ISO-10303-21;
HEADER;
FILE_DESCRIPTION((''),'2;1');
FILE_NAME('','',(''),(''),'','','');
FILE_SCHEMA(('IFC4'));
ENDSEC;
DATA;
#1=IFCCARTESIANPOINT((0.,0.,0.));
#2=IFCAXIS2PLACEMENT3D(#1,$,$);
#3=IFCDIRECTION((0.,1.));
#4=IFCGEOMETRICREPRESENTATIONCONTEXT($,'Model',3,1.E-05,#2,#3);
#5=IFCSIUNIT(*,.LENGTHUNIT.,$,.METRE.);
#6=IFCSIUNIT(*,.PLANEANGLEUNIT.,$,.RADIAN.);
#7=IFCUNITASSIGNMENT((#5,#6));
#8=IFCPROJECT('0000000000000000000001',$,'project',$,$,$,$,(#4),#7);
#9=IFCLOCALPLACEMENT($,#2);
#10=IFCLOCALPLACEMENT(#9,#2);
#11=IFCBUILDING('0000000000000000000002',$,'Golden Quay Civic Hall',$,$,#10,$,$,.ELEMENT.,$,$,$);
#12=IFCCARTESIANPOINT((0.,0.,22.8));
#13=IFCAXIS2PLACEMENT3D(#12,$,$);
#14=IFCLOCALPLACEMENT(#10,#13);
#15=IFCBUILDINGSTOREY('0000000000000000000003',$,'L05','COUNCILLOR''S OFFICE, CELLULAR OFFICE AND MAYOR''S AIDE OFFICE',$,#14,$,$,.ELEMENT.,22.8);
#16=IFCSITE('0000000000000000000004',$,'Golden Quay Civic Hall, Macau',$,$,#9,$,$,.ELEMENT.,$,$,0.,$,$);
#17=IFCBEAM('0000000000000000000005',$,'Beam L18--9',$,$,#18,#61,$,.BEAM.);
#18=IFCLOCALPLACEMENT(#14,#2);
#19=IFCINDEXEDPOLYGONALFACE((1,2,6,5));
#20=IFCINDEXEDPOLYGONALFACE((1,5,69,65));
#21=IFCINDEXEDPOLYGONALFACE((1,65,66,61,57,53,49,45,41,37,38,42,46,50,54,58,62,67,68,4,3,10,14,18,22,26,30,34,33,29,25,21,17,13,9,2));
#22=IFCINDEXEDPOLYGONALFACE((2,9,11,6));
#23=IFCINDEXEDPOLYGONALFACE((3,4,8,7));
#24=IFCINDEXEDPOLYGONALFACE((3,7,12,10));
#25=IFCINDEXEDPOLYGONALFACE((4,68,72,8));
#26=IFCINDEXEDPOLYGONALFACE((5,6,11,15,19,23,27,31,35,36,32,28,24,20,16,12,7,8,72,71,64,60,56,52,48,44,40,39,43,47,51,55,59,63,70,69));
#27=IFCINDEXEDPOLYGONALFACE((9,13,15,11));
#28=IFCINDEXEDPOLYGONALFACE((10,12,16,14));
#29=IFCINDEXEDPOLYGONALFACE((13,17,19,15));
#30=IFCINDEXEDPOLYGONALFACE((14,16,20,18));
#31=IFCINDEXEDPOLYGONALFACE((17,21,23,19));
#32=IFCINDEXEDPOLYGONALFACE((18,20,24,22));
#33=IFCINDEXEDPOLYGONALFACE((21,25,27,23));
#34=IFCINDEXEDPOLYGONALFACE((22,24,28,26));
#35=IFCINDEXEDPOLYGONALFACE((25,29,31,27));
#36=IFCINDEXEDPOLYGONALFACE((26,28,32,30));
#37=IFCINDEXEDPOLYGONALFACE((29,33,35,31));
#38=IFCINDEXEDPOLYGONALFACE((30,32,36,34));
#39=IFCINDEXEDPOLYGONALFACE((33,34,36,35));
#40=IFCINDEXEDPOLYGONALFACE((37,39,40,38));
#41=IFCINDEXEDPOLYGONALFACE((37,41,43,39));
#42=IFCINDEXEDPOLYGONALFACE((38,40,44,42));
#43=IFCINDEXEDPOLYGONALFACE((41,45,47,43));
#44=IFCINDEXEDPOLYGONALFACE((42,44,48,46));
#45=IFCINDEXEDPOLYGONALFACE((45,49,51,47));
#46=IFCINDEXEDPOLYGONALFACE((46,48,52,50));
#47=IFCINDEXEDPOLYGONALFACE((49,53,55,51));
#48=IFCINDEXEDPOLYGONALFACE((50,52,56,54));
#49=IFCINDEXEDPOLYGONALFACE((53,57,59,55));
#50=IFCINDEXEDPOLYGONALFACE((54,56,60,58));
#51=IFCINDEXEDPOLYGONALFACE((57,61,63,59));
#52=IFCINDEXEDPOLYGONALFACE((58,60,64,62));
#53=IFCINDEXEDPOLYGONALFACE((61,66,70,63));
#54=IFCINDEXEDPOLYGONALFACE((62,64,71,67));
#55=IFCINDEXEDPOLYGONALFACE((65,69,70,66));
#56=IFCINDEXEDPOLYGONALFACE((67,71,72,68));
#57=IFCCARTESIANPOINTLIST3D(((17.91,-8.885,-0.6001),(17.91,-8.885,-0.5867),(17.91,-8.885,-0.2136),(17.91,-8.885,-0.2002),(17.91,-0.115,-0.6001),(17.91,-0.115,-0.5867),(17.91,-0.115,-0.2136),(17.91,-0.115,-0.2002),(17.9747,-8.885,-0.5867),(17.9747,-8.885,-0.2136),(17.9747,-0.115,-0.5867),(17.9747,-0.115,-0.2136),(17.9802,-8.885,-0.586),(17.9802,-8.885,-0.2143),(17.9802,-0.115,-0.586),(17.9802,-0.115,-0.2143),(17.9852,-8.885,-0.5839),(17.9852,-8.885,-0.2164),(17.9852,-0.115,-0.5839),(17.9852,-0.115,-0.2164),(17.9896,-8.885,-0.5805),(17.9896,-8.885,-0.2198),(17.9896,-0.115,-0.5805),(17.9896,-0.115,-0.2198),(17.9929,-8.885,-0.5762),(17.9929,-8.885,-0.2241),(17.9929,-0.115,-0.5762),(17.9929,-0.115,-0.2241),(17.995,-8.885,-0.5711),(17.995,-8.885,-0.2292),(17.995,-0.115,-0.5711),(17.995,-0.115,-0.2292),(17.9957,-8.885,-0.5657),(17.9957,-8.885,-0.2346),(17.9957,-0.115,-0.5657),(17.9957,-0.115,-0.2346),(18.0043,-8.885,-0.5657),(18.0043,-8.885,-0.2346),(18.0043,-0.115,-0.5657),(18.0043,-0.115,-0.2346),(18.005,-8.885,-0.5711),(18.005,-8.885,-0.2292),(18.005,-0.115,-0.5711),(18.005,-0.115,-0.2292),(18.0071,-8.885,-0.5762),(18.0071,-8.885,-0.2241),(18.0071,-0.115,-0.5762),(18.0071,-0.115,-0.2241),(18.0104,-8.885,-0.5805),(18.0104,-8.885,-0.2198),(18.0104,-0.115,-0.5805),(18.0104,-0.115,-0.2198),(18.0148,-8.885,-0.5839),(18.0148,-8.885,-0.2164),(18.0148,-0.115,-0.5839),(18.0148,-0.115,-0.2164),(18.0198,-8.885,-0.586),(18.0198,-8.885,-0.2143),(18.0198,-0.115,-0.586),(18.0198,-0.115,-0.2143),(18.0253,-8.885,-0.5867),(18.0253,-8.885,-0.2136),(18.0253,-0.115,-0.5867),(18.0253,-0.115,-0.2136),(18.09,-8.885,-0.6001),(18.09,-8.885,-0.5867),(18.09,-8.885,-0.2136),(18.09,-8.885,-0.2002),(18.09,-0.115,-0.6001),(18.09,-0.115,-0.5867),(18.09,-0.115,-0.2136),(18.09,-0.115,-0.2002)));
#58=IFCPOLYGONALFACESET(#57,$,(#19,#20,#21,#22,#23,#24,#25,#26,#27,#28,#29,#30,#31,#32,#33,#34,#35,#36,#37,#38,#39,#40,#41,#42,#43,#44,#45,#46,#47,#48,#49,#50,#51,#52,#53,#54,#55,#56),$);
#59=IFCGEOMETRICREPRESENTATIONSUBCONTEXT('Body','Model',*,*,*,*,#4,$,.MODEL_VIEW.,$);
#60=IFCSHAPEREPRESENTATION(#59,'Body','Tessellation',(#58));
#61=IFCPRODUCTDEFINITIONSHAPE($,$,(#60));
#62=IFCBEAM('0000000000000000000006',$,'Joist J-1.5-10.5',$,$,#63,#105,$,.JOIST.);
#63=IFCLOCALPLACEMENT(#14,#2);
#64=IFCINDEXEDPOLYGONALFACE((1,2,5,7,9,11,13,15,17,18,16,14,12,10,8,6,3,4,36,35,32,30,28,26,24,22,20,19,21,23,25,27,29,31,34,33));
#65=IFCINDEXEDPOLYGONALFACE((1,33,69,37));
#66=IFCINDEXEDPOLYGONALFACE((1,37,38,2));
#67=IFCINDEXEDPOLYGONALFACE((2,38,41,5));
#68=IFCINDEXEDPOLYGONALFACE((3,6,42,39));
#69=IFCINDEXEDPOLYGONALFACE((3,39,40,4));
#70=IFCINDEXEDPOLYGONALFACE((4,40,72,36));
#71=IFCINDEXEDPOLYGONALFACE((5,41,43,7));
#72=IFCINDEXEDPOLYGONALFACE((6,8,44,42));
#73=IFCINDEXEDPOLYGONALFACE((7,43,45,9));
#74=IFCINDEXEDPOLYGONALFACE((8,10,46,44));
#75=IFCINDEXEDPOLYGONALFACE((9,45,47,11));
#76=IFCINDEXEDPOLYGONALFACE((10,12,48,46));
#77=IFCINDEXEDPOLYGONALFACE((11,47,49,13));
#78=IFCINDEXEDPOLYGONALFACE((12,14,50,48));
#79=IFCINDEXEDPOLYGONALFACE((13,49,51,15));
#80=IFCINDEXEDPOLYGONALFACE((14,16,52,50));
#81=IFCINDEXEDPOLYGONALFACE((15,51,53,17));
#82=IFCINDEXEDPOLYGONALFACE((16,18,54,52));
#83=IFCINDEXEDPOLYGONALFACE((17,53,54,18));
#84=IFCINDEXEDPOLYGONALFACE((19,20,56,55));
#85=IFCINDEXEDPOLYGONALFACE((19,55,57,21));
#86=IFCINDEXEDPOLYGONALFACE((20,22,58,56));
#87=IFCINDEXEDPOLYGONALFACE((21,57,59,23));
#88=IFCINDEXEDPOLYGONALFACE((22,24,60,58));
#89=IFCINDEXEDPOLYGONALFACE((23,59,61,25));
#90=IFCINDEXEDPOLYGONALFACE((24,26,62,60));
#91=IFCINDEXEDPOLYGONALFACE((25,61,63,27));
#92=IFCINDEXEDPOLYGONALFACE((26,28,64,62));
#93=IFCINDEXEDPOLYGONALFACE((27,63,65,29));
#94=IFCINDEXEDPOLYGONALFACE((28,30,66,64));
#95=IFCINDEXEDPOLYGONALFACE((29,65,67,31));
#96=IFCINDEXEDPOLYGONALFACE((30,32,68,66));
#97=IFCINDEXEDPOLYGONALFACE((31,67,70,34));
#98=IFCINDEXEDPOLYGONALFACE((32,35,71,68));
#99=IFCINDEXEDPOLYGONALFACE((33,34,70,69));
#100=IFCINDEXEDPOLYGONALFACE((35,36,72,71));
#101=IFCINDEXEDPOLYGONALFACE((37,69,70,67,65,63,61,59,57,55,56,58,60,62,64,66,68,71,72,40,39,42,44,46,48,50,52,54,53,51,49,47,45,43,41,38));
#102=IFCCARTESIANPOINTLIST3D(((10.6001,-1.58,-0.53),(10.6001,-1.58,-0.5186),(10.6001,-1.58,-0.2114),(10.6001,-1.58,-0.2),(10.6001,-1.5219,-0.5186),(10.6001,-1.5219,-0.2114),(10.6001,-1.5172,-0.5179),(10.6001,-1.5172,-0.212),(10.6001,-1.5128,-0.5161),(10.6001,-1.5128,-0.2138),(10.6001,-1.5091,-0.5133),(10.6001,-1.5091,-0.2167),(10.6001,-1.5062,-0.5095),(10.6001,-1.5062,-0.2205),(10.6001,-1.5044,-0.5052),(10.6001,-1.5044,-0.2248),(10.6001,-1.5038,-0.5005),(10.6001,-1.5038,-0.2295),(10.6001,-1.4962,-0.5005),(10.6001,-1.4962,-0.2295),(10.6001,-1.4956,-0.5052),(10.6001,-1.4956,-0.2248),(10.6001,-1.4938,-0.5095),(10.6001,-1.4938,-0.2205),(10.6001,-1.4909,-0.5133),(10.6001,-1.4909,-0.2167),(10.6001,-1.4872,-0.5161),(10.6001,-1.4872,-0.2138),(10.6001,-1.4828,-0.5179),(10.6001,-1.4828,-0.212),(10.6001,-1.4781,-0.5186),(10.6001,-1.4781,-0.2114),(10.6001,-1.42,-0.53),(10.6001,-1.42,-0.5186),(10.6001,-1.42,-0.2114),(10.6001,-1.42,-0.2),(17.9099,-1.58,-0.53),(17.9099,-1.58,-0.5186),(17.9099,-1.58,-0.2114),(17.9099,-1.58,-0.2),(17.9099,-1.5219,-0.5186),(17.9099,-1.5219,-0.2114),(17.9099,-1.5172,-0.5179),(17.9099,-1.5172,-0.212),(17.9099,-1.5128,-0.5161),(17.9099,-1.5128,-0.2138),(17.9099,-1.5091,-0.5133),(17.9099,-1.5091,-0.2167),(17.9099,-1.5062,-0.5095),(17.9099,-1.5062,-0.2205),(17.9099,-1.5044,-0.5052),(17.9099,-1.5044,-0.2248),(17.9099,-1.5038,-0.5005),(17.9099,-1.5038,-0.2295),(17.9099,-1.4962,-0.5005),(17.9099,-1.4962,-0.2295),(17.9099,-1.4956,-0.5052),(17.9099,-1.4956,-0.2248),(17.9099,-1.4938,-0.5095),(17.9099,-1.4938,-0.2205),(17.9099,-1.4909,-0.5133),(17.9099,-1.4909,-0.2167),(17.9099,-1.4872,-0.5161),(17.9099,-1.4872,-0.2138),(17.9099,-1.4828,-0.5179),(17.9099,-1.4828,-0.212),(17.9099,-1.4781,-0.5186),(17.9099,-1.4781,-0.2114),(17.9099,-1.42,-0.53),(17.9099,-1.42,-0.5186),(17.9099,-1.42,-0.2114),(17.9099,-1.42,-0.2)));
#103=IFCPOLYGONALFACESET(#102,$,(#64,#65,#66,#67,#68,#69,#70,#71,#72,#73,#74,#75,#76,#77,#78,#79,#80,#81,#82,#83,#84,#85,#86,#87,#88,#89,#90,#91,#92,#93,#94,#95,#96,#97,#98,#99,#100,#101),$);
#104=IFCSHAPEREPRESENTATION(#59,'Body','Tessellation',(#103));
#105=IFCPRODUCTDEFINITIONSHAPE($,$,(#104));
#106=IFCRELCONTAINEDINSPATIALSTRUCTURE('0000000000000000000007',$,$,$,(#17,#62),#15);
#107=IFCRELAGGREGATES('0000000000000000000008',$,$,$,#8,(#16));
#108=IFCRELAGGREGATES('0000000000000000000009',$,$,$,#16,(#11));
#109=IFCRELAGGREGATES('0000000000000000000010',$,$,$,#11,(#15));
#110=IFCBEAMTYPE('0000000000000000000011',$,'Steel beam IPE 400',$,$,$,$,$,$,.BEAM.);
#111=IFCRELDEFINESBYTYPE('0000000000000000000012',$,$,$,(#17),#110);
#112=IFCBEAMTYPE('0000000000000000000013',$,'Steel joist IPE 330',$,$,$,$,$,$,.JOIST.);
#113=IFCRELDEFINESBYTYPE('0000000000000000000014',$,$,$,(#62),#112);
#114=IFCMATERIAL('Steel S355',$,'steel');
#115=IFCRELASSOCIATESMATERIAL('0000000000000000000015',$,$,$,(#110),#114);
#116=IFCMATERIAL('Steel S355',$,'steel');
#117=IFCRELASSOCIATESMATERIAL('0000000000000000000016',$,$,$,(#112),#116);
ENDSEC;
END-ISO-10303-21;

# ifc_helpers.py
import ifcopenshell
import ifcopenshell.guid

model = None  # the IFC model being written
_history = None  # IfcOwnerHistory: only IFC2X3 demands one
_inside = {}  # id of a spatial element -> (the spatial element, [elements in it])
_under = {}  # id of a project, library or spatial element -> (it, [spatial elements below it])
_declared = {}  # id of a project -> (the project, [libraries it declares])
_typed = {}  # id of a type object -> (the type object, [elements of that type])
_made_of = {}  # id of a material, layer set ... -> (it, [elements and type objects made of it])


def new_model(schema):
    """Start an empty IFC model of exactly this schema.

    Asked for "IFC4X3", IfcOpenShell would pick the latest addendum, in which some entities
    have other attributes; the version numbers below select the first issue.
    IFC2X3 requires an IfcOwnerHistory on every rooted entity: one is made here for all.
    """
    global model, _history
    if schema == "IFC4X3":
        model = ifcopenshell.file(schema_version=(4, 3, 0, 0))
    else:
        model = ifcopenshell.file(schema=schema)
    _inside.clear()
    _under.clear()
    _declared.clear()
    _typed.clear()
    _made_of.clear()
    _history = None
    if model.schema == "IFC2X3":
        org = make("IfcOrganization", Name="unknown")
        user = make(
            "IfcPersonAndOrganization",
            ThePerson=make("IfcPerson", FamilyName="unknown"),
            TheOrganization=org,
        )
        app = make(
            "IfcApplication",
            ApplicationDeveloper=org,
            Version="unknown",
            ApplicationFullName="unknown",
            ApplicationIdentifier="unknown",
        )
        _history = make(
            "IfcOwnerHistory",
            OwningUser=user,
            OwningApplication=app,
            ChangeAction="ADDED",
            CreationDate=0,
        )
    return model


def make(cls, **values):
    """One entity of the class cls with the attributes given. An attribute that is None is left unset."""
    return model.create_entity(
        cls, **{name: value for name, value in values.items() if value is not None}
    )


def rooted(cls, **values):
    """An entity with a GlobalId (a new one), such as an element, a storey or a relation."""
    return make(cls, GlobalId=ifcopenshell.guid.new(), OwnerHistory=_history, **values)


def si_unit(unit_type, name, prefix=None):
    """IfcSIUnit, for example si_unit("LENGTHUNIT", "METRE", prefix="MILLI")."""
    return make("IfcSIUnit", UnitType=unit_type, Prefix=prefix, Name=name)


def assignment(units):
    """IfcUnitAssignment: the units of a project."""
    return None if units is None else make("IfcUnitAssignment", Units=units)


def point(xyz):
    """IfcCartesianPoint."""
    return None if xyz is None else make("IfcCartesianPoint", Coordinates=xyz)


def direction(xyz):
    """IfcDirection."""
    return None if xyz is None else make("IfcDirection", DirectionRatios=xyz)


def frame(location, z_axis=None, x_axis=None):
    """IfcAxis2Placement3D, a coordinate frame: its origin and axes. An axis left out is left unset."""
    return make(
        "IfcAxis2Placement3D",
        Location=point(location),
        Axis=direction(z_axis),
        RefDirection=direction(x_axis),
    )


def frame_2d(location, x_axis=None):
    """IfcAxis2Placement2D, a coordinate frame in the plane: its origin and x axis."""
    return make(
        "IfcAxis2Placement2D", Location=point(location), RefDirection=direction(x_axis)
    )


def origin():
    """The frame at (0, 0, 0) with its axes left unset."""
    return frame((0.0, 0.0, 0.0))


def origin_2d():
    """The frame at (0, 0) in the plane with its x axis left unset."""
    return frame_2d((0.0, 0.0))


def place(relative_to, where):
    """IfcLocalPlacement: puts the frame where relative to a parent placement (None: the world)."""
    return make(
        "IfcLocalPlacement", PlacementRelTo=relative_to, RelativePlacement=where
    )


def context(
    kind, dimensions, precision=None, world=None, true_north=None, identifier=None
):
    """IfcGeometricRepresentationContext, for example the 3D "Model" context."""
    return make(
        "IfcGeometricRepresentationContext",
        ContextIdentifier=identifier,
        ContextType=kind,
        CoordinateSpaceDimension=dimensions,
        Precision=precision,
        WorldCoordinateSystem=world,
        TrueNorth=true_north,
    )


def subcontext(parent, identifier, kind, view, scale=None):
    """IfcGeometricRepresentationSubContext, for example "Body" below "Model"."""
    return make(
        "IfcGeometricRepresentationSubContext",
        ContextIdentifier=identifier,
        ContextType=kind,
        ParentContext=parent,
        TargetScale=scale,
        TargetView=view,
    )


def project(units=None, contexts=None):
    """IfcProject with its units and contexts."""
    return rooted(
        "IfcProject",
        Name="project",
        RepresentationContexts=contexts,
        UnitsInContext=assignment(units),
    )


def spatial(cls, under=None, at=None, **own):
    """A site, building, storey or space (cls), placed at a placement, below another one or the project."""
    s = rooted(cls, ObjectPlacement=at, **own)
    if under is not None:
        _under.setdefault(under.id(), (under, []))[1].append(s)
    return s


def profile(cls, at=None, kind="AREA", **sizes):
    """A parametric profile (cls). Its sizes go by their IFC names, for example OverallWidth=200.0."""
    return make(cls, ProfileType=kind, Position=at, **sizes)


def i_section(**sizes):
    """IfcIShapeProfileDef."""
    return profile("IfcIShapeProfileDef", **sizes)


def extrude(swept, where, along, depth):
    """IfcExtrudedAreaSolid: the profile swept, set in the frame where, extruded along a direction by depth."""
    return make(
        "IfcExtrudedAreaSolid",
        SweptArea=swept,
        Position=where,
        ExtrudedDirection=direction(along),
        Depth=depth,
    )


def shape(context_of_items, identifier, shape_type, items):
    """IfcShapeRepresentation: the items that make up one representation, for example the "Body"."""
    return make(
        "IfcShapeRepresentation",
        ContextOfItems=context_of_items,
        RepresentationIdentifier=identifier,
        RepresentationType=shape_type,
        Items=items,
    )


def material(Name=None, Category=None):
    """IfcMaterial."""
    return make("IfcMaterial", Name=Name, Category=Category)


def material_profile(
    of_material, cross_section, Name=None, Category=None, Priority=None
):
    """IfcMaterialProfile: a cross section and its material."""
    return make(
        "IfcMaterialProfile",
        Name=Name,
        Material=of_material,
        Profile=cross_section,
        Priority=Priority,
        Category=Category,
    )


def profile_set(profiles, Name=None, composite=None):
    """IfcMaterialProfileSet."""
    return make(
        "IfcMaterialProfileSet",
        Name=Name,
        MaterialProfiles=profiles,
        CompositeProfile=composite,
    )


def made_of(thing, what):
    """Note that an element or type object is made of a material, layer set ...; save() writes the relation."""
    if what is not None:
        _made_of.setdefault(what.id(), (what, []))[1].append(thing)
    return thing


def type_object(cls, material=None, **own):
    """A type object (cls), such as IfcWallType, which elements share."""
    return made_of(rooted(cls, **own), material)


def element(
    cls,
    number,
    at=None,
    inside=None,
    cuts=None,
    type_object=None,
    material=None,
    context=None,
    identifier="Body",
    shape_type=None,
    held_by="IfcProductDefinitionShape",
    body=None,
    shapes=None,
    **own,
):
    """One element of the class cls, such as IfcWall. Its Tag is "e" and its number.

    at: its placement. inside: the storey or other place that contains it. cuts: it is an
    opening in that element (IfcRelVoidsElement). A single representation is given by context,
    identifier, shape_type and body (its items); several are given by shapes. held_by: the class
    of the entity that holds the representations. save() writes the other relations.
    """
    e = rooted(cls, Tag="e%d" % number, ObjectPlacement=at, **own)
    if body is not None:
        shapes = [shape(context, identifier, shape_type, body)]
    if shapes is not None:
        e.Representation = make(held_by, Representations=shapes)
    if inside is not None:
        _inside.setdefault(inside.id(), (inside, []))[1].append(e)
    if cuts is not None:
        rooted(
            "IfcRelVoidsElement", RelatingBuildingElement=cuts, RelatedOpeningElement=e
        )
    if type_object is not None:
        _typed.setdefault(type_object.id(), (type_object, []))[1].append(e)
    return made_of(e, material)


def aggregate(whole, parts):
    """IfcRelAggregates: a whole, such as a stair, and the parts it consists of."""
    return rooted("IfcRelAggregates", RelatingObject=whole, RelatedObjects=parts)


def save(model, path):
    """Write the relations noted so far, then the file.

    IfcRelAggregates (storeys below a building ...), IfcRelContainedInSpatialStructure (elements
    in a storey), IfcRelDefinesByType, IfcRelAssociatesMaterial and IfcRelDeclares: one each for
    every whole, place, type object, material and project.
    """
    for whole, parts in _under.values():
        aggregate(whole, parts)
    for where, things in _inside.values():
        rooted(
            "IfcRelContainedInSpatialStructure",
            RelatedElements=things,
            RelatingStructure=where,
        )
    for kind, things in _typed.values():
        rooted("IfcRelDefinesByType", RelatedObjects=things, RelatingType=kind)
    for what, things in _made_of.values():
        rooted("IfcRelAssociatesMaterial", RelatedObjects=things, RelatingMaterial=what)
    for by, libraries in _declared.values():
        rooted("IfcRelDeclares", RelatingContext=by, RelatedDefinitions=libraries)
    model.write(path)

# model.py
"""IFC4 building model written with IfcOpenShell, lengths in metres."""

from ifc_helpers import new_model, si_unit, direction, frame, origin, origin_2d, place, context, subcontext, project, spatial, i_section, extrude, material, material_profile, profile_set, type_object, element, save


model = new_model("IFC4")

# Units and contexts
model_context = context("Model", 3, precision=1e-05, world=origin(), true_north=direction((0.0, 1.0)))
body_context = subcontext(model_context, "Body", "Model", "MODEL_VIEW")
ifc_project = project(units=[si_unit("LENGTHUNIT", "METRE"), si_unit("PLANEANGLEUNIT", "RADIAN")], contexts=[model_context])

# Site, building, storey
site_placement = place(None, origin())
site = spatial("IfcSite", under=ifc_project, at=site_placement, Name="Golden Quay Civic Hall, Macau", CompositionType="ELEMENT", RefElevation=0.0)
building_placement = place(site_placement, origin())
building = spatial("IfcBuilding", under=site, at=building_placement, Name="Golden Quay Civic Hall", CompositionType="ELEMENT")
storey_placement = place(building_placement, frame((0.0, 0.0, 22.8)))
storey = spatial("IfcBuildingStorey", under=building, at=storey_placement, Name="L05", Description="COUNCILLOR'S OFFICE, CELLULAR OFFICE AND MAYOR'S AIDE OFFICE", CompositionType="ELEMENT", Elevation=22.8)

# Beams
ifc_material_1 = material(Name="Steel S355", Category="steel")
ifc_material_profile_1 = material_profile(ifc_material_1, i_section(OverallWidth=0.1799, OverallDepth=0.3999, WebThickness=0.0085, FlangeThickness=0.0134, FilletRadius=0.021, at=origin_2d()), Name="IPE 400")
ifc_profile_set_1 = profile_set([ifc_material_profile_1], Name="Steel S355")
beam_type_1 = type_object("IfcBeamType", Name="Steel beam IPE 400", PredefinedType="BEAM", material=ifc_profile_set_1)
beam_1_placement = place(storey_placement, frame((18.0, -8.885, -0.4001), z_axis=(0.0, 1.0, 0.0), x_axis=(-1.0, 0.0, 0.0)))
element("IfcBeam", 1, at=beam_1_placement, inside=storey, type_object=beam_type_1, Name="Beam L18--9", PredefinedType="BEAM", context=body_context, shape_type="SweptSolid", body=[
    extrude(i_section(OverallWidth=0.1799, OverallDepth=0.3999, WebThickness=0.0085, FlangeThickness=0.0134, FilletRadius=0.021, at=origin_2d()), origin(), (0.0, 0.0, 1.0), 8.77),
])
ifc_material_2 = material(Name="Steel S355", Category="steel")
ifc_material_profile_2 = material_profile(ifc_material_2, i_section(OverallWidth=0.1599, OverallDepth=0.3301, WebThickness=0.0076, FlangeThickness=0.0115, FilletRadius=0.0181, at=origin_2d()), Name="IPE 330")
ifc_profile_set_2 = profile_set([ifc_material_profile_2], Name="Steel S355")
beam_type_2 = type_object("IfcBeamType", Name="Steel joist IPE 330", PredefinedType="JOIST", material=ifc_profile_set_2)
beam_2_placement = place(storey_placement, frame((10.6001, -1.5, -0.365), z_axis=(1.0, 0.0, 0.0), x_axis=(0.0, 1.0, 0.0)))
element("IfcBeam", 2, at=beam_2_placement, inside=storey, type_object=beam_type_2, Name="Joist J-1.5-10.5", PredefinedType="JOIST", context=body_context, shape_type="SweptSolid", body=[
    extrude(i_section(OverallWidth=0.1599, OverallDepth=0.3301, WebThickness=0.0076, FlangeThickness=0.0115, FilletRadius=0.0181, at=origin_2d()), origin(), (0.0, 0.0, 1.0), 7.3098),
])

save(model, "model.ifc")
